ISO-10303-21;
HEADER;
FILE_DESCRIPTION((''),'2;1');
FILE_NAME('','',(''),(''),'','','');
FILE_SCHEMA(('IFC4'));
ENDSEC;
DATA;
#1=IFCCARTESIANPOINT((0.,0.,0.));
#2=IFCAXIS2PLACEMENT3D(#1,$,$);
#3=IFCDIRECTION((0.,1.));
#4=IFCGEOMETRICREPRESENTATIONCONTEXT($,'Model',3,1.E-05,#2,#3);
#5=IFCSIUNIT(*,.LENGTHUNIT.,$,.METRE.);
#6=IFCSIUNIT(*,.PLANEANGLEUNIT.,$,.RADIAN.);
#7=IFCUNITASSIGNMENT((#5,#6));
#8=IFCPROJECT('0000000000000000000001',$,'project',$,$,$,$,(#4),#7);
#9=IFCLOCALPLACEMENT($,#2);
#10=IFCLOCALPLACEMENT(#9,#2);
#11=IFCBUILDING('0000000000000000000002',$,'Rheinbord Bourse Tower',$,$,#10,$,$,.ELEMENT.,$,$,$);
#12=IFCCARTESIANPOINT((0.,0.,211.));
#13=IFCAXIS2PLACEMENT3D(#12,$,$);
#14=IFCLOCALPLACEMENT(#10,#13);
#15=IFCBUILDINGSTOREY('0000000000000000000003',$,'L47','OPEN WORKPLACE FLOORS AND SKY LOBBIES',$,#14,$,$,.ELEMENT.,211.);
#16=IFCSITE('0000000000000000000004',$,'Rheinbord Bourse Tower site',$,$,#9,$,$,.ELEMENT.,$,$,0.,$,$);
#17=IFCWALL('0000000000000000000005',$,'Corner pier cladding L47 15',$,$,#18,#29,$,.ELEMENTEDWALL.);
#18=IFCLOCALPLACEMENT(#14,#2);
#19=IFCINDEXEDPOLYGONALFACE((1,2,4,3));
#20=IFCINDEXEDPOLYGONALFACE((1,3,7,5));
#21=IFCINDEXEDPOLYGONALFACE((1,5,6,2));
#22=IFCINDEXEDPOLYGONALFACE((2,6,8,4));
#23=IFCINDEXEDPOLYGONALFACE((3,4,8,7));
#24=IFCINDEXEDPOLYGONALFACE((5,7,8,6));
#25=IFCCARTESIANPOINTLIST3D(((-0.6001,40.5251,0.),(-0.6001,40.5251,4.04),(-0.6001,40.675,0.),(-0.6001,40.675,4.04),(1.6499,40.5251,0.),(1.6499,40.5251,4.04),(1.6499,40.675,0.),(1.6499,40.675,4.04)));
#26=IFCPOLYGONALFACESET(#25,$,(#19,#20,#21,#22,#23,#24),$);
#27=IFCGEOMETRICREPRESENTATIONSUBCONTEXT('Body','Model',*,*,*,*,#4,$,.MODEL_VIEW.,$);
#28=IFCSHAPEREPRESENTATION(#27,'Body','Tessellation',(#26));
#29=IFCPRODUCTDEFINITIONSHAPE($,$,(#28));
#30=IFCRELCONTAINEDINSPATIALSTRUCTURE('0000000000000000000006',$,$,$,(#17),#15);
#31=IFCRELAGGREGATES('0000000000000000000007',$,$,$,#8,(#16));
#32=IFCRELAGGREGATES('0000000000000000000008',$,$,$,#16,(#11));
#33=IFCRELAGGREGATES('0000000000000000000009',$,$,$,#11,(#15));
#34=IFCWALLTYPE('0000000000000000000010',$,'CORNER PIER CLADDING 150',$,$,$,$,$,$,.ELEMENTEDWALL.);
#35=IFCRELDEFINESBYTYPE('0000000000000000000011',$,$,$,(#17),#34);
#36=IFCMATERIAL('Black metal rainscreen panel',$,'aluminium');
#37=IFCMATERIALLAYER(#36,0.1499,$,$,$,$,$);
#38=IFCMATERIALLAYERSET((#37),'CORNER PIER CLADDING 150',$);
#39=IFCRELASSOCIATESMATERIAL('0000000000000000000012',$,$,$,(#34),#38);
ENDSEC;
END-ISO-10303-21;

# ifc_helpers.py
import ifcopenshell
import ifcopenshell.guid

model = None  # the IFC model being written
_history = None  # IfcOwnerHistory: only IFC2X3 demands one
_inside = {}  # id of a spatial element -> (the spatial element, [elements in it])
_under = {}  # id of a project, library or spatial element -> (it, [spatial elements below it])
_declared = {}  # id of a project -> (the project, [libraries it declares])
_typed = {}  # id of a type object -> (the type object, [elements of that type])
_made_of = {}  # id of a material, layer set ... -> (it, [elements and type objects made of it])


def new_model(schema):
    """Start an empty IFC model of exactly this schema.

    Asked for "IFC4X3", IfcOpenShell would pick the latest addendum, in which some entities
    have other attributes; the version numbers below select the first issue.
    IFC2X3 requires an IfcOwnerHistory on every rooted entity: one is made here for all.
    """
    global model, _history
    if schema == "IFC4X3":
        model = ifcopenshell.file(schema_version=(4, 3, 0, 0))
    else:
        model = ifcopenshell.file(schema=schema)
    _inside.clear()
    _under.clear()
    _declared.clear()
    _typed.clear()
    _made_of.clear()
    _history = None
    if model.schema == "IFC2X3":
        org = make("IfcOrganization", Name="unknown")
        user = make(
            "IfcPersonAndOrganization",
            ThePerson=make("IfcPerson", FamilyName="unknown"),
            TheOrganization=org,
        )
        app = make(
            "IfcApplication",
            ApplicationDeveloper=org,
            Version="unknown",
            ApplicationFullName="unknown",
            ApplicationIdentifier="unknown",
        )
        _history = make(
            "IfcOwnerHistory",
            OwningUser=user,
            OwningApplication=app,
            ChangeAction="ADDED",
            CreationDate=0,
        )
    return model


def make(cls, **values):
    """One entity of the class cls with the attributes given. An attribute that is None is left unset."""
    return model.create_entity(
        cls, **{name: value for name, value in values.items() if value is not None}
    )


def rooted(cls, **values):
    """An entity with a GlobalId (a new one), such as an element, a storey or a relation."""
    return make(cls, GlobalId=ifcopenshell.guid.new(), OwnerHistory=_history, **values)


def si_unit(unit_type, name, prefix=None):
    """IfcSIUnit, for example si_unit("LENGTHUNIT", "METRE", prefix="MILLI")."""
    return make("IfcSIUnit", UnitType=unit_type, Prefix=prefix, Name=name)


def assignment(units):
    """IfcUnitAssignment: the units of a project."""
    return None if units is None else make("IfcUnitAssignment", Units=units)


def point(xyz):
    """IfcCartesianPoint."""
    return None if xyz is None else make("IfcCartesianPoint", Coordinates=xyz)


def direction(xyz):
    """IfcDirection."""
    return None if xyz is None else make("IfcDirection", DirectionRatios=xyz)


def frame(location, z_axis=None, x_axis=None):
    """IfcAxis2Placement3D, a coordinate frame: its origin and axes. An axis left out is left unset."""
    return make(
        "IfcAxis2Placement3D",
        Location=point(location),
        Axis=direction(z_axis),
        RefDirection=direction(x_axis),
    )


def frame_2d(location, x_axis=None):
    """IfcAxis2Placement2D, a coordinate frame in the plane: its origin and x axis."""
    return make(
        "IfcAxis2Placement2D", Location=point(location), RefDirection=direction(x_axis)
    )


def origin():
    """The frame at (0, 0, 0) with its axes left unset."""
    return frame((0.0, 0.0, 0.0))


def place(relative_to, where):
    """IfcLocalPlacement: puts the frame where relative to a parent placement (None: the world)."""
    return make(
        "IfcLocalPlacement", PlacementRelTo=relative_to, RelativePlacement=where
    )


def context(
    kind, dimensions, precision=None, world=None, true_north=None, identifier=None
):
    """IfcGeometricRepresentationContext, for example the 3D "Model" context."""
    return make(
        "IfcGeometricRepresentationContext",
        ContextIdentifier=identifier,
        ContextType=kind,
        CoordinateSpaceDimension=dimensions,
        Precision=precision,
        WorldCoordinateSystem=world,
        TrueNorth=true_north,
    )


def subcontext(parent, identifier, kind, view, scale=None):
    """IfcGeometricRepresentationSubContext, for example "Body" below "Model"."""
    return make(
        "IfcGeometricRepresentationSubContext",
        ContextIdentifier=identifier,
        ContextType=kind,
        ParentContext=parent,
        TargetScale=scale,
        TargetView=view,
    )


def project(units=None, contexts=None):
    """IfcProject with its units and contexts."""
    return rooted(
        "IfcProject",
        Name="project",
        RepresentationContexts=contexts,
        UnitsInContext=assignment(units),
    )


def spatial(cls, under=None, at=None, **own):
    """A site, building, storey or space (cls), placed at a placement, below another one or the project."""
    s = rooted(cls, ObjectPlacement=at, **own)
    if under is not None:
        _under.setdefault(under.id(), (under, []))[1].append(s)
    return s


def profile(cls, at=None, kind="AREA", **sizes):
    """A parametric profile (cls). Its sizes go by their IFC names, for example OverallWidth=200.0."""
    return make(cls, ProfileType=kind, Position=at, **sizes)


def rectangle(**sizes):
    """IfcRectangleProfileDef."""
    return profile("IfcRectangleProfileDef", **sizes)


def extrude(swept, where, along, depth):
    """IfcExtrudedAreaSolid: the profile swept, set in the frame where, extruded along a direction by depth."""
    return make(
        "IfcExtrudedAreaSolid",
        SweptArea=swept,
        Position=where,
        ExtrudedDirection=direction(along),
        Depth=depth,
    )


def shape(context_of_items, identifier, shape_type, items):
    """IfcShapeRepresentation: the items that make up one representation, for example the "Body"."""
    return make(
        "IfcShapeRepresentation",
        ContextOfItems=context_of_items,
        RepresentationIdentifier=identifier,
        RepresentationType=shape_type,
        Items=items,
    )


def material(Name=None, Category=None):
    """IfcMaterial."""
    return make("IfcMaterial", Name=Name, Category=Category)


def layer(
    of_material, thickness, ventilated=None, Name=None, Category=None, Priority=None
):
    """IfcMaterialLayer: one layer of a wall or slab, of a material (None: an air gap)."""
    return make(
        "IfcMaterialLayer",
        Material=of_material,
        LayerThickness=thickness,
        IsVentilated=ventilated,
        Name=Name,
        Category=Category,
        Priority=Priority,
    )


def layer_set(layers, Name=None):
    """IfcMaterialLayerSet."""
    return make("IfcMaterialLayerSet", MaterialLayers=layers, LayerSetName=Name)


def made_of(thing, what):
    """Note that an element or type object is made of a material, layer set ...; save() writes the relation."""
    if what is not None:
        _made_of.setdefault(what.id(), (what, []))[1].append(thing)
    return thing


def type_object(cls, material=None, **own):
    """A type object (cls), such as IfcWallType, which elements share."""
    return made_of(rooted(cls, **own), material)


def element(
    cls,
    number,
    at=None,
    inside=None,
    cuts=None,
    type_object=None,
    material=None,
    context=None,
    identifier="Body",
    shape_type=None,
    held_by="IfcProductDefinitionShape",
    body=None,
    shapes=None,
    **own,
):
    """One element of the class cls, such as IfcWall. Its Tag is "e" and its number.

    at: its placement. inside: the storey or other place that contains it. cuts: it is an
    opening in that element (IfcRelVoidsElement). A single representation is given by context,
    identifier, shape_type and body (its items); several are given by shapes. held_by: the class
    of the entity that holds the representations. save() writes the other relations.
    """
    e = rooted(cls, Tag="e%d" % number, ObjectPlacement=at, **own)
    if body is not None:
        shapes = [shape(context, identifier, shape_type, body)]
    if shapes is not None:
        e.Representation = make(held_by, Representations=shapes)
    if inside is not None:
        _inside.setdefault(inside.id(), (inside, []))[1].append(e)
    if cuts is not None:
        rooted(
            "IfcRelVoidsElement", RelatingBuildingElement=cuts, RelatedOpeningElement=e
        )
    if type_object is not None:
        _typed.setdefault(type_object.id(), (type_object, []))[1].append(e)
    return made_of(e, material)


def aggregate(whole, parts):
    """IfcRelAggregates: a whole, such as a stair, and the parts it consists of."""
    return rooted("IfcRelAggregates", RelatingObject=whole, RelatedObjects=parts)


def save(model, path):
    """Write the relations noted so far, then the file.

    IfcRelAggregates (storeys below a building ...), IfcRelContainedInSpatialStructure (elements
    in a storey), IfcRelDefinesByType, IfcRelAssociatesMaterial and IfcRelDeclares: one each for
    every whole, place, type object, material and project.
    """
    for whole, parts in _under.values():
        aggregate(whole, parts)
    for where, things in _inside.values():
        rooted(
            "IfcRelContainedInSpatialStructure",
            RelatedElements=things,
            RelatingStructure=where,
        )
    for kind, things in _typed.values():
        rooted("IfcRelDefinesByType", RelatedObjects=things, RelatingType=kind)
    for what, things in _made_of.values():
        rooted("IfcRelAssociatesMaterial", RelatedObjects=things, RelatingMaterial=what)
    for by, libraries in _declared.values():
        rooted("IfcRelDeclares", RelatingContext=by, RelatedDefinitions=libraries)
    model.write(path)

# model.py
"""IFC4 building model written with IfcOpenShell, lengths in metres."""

from ifc_helpers import new_model, si_unit, direction, frame, frame_2d, origin, place, context, subcontext, project, spatial, rectangle, extrude, material, layer, layer_set, type_object, element, save


model = new_model("IFC4")

# Units and contexts
model_context = context("Model", 3, precision=1e-05, world=origin(), true_north=direction((0.0, 1.0)))
body_context = subcontext(model_context, "Body", "Model", "MODEL_VIEW")
ifc_project = project(units=[si_unit("LENGTHUNIT", "METRE"), si_unit("PLANEANGLEUNIT", "RADIAN")], contexts=[model_context])

# Site, building, storey
site_placement = place(None, origin())
site = spatial("IfcSite", under=ifc_project, at=site_placement, Name="Rheinbord Bourse Tower site", CompositionType="ELEMENT", RefElevation=0.0)
building_placement = place(site_placement, origin())
building = spatial("IfcBuilding", under=site, at=building_placement, Name="Rheinbord Bourse Tower", CompositionType="ELEMENT")
storey_placement = place(building_placement, frame((0.0, 0.0, 211.0)))
storey = spatial("IfcBuildingStorey", under=building, at=storey_placement, Name="L47", Description="OPEN WORKPLACE FLOORS AND SKY LOBBIES", CompositionType="ELEMENT", Elevation=211.0)

# Wall
ifc_material_1 = material(Name="Black metal rainscreen panel", Category="aluminium")
ifc_layer_1 = layer(ifc_material_1, 0.1499)
ifc_layer_set_1 = layer_set([ifc_layer_1], Name="CORNER PIER CLADDING 150")
wall_type = type_object("IfcWallType", Name="CORNER PIER CLADDING 150", PredefinedType="ELEMENTEDWALL", material=ifc_layer_set_1)
wall_1_placement = place(storey_placement, frame((1.6499, 40.6001, 0.0), z_axis=(0.0, 0.0, 1.0), x_axis=(-1.0, 0.0, 0.0)))
element("IfcWall", 1, at=wall_1_placement, inside=storey, type_object=wall_type, Name="Corner pier cladding L47 15", PredefinedType="ELEMENTEDWALL", context=body_context, shape_type="SweptSolid", body=[
    extrude(rectangle(XDim=2.25, YDim=0.1499, at=frame_2d((1.125, 0.0))), origin(), (0.0, 0.0, 1.0), 4.04),
])

save(model, "model.ifc")
